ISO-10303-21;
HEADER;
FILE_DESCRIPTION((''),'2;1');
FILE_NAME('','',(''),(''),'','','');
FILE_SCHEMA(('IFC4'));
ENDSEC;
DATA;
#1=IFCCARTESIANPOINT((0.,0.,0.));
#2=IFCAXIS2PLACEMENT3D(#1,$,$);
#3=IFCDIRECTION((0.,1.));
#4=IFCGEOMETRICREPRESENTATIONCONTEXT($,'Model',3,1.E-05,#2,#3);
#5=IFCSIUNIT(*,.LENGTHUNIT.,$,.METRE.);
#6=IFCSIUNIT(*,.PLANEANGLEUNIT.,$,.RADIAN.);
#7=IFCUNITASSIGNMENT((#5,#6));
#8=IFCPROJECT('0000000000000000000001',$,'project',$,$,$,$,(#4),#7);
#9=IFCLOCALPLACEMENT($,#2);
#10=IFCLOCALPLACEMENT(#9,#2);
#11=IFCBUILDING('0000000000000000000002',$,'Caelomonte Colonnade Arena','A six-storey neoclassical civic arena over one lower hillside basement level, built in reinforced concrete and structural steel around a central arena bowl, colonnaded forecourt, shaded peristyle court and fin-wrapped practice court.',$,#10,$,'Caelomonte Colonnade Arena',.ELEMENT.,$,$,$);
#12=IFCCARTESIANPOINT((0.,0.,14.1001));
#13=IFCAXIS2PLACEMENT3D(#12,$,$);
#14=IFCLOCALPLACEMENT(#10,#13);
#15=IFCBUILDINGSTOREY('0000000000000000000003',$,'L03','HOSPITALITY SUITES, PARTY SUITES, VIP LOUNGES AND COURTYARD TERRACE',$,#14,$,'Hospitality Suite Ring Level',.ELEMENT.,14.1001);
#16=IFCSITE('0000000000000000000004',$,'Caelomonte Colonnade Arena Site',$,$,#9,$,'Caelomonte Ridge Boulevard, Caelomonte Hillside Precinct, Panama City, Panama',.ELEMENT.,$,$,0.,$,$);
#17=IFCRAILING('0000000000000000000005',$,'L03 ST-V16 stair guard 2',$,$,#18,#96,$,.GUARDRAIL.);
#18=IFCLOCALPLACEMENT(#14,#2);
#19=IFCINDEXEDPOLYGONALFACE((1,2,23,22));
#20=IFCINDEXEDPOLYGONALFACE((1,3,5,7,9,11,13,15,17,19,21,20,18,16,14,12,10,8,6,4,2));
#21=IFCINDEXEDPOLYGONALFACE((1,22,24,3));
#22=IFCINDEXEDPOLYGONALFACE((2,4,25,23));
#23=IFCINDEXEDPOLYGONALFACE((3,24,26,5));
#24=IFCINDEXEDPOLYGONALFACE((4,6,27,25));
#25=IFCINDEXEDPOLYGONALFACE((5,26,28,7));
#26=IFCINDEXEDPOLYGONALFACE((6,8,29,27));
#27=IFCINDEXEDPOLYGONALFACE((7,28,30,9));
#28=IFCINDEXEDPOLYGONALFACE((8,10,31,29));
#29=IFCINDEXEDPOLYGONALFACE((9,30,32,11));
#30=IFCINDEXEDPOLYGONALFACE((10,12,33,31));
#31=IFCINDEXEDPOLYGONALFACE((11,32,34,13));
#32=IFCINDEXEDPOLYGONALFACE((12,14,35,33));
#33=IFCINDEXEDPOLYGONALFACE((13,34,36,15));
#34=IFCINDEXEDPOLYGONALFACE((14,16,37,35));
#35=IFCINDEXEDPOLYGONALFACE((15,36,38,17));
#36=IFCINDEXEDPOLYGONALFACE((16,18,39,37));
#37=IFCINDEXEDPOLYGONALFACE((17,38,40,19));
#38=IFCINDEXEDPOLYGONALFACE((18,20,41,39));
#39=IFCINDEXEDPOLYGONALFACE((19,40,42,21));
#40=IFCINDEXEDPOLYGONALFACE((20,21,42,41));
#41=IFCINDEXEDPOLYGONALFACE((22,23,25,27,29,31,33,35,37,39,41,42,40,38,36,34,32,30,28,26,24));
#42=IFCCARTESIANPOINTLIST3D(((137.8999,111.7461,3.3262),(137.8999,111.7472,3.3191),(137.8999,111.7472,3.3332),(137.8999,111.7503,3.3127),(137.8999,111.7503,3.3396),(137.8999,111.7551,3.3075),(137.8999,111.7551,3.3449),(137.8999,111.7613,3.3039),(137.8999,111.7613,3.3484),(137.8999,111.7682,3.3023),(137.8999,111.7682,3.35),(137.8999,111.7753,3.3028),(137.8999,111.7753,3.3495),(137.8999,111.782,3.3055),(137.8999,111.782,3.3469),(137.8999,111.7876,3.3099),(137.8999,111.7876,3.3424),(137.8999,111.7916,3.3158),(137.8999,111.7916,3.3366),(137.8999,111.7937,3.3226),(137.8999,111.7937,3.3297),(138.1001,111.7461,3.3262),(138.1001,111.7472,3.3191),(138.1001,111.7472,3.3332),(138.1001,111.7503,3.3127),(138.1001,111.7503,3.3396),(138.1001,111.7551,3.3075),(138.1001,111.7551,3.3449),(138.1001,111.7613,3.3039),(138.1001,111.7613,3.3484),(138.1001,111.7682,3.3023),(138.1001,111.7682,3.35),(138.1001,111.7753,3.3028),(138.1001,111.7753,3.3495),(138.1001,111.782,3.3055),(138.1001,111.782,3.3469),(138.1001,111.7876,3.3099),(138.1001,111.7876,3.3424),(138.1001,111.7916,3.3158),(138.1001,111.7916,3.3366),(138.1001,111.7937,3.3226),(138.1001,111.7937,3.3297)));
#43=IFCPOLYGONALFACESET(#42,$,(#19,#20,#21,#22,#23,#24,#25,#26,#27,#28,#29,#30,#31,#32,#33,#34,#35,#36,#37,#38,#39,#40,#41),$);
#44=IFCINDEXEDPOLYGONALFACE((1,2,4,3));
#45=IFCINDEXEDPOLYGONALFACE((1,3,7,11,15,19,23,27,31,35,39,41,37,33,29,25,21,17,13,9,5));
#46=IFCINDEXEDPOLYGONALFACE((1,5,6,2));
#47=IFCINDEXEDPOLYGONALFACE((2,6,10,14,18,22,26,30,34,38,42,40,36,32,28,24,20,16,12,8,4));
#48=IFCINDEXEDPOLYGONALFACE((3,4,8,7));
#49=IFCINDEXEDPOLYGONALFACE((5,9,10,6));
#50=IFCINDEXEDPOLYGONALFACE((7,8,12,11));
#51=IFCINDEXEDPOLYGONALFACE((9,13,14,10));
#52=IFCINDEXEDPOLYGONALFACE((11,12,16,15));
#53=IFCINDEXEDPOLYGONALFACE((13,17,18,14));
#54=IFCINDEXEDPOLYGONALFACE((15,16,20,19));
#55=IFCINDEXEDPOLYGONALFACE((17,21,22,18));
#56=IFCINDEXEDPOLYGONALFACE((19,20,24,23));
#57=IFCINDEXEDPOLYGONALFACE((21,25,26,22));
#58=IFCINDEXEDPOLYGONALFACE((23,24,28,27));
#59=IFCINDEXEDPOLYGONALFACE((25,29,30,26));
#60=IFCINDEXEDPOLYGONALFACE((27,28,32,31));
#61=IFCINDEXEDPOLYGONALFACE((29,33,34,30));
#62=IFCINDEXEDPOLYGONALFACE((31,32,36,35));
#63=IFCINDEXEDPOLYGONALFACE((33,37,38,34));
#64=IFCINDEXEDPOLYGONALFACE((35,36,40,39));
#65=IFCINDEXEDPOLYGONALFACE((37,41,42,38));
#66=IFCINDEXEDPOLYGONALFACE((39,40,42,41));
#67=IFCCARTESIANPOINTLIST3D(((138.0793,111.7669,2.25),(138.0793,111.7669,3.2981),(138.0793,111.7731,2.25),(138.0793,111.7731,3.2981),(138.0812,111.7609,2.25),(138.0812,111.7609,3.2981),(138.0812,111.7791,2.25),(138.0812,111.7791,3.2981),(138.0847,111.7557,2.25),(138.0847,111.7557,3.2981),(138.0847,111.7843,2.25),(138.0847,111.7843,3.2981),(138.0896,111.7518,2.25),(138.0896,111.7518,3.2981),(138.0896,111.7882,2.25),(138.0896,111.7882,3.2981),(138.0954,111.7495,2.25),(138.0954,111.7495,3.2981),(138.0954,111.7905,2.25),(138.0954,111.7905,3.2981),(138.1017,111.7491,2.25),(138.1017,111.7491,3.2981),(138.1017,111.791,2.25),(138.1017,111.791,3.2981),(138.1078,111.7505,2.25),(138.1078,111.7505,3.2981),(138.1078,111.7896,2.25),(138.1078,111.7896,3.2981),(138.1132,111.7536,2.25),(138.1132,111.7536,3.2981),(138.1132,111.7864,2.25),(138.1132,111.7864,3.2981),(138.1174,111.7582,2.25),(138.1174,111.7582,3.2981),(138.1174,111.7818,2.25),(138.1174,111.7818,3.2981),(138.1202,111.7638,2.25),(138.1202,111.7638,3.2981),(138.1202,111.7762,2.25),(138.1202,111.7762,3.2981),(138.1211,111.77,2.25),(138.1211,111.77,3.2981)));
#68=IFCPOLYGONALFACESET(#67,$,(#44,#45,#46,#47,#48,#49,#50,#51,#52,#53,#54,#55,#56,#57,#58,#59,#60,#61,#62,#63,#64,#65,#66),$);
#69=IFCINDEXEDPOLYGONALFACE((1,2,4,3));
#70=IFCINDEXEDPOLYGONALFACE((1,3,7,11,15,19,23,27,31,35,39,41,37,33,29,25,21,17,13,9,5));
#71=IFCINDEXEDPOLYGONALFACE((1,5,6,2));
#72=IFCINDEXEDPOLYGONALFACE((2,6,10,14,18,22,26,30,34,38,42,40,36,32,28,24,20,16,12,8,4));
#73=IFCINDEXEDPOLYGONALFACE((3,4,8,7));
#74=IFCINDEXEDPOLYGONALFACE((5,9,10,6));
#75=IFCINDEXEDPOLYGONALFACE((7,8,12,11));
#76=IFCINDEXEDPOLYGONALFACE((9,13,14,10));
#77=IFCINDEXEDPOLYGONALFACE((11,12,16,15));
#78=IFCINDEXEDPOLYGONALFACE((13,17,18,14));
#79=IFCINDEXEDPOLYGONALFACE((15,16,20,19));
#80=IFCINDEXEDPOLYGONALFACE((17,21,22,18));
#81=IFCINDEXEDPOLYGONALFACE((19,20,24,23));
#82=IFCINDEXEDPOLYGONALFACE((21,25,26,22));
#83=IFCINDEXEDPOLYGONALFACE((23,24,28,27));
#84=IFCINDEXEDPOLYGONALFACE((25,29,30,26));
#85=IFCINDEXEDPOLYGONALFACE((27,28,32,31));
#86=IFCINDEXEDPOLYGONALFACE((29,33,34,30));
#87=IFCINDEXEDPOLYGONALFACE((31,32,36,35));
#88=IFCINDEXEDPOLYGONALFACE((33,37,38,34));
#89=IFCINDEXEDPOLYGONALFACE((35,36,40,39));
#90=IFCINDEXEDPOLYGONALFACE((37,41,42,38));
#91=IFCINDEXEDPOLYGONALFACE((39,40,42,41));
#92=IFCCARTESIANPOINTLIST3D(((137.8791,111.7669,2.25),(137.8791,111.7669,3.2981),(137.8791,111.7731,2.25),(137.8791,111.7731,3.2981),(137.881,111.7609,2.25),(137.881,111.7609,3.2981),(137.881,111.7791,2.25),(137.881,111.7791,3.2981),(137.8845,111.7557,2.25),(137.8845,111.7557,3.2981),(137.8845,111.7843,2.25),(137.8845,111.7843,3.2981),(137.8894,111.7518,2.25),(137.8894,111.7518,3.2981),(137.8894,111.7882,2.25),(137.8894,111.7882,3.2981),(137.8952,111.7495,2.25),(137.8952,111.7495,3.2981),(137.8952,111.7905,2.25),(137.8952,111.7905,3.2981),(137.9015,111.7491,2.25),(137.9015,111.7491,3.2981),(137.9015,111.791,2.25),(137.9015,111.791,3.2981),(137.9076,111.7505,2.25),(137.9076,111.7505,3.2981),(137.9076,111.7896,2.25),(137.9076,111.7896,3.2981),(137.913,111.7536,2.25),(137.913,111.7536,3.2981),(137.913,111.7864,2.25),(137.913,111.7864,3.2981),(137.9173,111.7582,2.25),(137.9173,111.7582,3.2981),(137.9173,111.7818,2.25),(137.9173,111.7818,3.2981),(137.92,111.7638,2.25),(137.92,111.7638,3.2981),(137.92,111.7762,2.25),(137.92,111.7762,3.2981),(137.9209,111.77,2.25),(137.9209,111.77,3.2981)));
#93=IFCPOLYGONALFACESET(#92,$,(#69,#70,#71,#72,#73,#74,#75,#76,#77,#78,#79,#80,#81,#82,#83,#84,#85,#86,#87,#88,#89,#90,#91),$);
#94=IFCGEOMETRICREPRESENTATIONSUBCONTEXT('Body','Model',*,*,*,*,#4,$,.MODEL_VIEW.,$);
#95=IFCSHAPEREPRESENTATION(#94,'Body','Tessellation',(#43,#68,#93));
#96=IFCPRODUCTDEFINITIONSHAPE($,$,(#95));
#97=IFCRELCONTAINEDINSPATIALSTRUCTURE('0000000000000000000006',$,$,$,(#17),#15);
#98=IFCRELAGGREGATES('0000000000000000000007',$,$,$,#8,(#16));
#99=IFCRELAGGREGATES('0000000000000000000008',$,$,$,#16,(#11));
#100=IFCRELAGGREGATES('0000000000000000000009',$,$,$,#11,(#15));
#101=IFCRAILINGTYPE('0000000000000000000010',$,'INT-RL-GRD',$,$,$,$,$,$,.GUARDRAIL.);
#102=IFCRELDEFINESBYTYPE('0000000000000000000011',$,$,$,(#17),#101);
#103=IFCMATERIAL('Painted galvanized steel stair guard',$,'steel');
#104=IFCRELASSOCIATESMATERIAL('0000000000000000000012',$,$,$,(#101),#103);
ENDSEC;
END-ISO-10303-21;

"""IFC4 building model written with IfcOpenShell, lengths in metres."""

from ifc_helpers import new_model, si_unit, direction, frame, origin, origin_2d, place, context, subcontext, project, spatial, circle, extrude, material, type_object, element, save


model = new_model("IFC4")

# Units and contexts
model_context = context("Model", 3, precision=1e-05, world=origin(), true_north=direction((0.0, 1.0)))
body_context = subcontext(model_context, "Body", "Model", "MODEL_VIEW")
ifc_project = project(units=[si_unit("LENGTHUNIT", "METRE"), si_unit("PLANEANGLEUNIT", "RADIAN")], contexts=[model_context])

# Site, building, storey
site_placement = place(None, origin())
site = spatial("IfcSite", under=ifc_project, at=site_placement, Name="Caelomonte Colonnade Arena Site", LongName="Caelomonte Ridge Boulevard, Caelomonte Hillside Precinct, Panama City, Panama", CompositionType="ELEMENT", RefElevation=0.0)
building_placement = place(site_placement, origin())
building = spatial("IfcBuilding", under=site, at=building_placement, Name="Caelomonte Colonnade Arena", Description="A six-storey neoclassical civic arena over one lower hillside basement level, built in reinforced concrete and structural steel around a central arena bowl, colonnaded forecourt, shaded peristyle court and fin-wrapped practice court.", LongName="Caelomonte Colonnade Arena", CompositionType="ELEMENT")
storey_placement = place(building_placement, frame((0.0, 0.0, 14.1001)))
storey = spatial("IfcBuildingStorey", under=building, at=storey_placement, Name="L03", Description="HOSPITALITY SUITES, PARTY SUITES, VIP LOUNGES AND COURTYARD TERRACE", LongName="Hospitality Suite Ring Level", CompositionType="ELEMENT", Elevation=14.1001)

# Railing
ifc_material_1 = material(Name="Painted galvanized steel stair guard", Category="steel")
railing_type_1 = type_object("IfcRailingType", Name="INT-RL-GRD", PredefinedType="GUARDRAIL", material=ifc_material_1)
railing_1_placement = place(storey_placement, frame((138.1001, 111.77, 2.25)))
element("IfcRailing", 1, at=railing_1_placement, inside=storey, type_object=railing_type_1, Name="L03 ST-V16 stair guard 2", PredefinedType="GUARDRAIL", context=body_context, shape_type="SweptSolid", body=[
    extrude(circle(Radius=0.0239, at=origin_2d()), frame((0.0, 0.0, 1.0762), z_axis=(-1.0, 0.0, 0.0), x_axis=(0.0, -1.0, 0.0)), (0.0, 0.0, 1.0), 0.2002),
    extrude(circle(Radius=0.021, at=origin_2d()), origin(), (0.0, 0.0, 1.0), 1.0481),
    extrude(circle(Radius=0.021, at=origin_2d()), frame((-0.2002, 0.0, 0.0)), (0.0, 0.0, 1.0), 1.0481),
])

save(model, "model.ifc")
